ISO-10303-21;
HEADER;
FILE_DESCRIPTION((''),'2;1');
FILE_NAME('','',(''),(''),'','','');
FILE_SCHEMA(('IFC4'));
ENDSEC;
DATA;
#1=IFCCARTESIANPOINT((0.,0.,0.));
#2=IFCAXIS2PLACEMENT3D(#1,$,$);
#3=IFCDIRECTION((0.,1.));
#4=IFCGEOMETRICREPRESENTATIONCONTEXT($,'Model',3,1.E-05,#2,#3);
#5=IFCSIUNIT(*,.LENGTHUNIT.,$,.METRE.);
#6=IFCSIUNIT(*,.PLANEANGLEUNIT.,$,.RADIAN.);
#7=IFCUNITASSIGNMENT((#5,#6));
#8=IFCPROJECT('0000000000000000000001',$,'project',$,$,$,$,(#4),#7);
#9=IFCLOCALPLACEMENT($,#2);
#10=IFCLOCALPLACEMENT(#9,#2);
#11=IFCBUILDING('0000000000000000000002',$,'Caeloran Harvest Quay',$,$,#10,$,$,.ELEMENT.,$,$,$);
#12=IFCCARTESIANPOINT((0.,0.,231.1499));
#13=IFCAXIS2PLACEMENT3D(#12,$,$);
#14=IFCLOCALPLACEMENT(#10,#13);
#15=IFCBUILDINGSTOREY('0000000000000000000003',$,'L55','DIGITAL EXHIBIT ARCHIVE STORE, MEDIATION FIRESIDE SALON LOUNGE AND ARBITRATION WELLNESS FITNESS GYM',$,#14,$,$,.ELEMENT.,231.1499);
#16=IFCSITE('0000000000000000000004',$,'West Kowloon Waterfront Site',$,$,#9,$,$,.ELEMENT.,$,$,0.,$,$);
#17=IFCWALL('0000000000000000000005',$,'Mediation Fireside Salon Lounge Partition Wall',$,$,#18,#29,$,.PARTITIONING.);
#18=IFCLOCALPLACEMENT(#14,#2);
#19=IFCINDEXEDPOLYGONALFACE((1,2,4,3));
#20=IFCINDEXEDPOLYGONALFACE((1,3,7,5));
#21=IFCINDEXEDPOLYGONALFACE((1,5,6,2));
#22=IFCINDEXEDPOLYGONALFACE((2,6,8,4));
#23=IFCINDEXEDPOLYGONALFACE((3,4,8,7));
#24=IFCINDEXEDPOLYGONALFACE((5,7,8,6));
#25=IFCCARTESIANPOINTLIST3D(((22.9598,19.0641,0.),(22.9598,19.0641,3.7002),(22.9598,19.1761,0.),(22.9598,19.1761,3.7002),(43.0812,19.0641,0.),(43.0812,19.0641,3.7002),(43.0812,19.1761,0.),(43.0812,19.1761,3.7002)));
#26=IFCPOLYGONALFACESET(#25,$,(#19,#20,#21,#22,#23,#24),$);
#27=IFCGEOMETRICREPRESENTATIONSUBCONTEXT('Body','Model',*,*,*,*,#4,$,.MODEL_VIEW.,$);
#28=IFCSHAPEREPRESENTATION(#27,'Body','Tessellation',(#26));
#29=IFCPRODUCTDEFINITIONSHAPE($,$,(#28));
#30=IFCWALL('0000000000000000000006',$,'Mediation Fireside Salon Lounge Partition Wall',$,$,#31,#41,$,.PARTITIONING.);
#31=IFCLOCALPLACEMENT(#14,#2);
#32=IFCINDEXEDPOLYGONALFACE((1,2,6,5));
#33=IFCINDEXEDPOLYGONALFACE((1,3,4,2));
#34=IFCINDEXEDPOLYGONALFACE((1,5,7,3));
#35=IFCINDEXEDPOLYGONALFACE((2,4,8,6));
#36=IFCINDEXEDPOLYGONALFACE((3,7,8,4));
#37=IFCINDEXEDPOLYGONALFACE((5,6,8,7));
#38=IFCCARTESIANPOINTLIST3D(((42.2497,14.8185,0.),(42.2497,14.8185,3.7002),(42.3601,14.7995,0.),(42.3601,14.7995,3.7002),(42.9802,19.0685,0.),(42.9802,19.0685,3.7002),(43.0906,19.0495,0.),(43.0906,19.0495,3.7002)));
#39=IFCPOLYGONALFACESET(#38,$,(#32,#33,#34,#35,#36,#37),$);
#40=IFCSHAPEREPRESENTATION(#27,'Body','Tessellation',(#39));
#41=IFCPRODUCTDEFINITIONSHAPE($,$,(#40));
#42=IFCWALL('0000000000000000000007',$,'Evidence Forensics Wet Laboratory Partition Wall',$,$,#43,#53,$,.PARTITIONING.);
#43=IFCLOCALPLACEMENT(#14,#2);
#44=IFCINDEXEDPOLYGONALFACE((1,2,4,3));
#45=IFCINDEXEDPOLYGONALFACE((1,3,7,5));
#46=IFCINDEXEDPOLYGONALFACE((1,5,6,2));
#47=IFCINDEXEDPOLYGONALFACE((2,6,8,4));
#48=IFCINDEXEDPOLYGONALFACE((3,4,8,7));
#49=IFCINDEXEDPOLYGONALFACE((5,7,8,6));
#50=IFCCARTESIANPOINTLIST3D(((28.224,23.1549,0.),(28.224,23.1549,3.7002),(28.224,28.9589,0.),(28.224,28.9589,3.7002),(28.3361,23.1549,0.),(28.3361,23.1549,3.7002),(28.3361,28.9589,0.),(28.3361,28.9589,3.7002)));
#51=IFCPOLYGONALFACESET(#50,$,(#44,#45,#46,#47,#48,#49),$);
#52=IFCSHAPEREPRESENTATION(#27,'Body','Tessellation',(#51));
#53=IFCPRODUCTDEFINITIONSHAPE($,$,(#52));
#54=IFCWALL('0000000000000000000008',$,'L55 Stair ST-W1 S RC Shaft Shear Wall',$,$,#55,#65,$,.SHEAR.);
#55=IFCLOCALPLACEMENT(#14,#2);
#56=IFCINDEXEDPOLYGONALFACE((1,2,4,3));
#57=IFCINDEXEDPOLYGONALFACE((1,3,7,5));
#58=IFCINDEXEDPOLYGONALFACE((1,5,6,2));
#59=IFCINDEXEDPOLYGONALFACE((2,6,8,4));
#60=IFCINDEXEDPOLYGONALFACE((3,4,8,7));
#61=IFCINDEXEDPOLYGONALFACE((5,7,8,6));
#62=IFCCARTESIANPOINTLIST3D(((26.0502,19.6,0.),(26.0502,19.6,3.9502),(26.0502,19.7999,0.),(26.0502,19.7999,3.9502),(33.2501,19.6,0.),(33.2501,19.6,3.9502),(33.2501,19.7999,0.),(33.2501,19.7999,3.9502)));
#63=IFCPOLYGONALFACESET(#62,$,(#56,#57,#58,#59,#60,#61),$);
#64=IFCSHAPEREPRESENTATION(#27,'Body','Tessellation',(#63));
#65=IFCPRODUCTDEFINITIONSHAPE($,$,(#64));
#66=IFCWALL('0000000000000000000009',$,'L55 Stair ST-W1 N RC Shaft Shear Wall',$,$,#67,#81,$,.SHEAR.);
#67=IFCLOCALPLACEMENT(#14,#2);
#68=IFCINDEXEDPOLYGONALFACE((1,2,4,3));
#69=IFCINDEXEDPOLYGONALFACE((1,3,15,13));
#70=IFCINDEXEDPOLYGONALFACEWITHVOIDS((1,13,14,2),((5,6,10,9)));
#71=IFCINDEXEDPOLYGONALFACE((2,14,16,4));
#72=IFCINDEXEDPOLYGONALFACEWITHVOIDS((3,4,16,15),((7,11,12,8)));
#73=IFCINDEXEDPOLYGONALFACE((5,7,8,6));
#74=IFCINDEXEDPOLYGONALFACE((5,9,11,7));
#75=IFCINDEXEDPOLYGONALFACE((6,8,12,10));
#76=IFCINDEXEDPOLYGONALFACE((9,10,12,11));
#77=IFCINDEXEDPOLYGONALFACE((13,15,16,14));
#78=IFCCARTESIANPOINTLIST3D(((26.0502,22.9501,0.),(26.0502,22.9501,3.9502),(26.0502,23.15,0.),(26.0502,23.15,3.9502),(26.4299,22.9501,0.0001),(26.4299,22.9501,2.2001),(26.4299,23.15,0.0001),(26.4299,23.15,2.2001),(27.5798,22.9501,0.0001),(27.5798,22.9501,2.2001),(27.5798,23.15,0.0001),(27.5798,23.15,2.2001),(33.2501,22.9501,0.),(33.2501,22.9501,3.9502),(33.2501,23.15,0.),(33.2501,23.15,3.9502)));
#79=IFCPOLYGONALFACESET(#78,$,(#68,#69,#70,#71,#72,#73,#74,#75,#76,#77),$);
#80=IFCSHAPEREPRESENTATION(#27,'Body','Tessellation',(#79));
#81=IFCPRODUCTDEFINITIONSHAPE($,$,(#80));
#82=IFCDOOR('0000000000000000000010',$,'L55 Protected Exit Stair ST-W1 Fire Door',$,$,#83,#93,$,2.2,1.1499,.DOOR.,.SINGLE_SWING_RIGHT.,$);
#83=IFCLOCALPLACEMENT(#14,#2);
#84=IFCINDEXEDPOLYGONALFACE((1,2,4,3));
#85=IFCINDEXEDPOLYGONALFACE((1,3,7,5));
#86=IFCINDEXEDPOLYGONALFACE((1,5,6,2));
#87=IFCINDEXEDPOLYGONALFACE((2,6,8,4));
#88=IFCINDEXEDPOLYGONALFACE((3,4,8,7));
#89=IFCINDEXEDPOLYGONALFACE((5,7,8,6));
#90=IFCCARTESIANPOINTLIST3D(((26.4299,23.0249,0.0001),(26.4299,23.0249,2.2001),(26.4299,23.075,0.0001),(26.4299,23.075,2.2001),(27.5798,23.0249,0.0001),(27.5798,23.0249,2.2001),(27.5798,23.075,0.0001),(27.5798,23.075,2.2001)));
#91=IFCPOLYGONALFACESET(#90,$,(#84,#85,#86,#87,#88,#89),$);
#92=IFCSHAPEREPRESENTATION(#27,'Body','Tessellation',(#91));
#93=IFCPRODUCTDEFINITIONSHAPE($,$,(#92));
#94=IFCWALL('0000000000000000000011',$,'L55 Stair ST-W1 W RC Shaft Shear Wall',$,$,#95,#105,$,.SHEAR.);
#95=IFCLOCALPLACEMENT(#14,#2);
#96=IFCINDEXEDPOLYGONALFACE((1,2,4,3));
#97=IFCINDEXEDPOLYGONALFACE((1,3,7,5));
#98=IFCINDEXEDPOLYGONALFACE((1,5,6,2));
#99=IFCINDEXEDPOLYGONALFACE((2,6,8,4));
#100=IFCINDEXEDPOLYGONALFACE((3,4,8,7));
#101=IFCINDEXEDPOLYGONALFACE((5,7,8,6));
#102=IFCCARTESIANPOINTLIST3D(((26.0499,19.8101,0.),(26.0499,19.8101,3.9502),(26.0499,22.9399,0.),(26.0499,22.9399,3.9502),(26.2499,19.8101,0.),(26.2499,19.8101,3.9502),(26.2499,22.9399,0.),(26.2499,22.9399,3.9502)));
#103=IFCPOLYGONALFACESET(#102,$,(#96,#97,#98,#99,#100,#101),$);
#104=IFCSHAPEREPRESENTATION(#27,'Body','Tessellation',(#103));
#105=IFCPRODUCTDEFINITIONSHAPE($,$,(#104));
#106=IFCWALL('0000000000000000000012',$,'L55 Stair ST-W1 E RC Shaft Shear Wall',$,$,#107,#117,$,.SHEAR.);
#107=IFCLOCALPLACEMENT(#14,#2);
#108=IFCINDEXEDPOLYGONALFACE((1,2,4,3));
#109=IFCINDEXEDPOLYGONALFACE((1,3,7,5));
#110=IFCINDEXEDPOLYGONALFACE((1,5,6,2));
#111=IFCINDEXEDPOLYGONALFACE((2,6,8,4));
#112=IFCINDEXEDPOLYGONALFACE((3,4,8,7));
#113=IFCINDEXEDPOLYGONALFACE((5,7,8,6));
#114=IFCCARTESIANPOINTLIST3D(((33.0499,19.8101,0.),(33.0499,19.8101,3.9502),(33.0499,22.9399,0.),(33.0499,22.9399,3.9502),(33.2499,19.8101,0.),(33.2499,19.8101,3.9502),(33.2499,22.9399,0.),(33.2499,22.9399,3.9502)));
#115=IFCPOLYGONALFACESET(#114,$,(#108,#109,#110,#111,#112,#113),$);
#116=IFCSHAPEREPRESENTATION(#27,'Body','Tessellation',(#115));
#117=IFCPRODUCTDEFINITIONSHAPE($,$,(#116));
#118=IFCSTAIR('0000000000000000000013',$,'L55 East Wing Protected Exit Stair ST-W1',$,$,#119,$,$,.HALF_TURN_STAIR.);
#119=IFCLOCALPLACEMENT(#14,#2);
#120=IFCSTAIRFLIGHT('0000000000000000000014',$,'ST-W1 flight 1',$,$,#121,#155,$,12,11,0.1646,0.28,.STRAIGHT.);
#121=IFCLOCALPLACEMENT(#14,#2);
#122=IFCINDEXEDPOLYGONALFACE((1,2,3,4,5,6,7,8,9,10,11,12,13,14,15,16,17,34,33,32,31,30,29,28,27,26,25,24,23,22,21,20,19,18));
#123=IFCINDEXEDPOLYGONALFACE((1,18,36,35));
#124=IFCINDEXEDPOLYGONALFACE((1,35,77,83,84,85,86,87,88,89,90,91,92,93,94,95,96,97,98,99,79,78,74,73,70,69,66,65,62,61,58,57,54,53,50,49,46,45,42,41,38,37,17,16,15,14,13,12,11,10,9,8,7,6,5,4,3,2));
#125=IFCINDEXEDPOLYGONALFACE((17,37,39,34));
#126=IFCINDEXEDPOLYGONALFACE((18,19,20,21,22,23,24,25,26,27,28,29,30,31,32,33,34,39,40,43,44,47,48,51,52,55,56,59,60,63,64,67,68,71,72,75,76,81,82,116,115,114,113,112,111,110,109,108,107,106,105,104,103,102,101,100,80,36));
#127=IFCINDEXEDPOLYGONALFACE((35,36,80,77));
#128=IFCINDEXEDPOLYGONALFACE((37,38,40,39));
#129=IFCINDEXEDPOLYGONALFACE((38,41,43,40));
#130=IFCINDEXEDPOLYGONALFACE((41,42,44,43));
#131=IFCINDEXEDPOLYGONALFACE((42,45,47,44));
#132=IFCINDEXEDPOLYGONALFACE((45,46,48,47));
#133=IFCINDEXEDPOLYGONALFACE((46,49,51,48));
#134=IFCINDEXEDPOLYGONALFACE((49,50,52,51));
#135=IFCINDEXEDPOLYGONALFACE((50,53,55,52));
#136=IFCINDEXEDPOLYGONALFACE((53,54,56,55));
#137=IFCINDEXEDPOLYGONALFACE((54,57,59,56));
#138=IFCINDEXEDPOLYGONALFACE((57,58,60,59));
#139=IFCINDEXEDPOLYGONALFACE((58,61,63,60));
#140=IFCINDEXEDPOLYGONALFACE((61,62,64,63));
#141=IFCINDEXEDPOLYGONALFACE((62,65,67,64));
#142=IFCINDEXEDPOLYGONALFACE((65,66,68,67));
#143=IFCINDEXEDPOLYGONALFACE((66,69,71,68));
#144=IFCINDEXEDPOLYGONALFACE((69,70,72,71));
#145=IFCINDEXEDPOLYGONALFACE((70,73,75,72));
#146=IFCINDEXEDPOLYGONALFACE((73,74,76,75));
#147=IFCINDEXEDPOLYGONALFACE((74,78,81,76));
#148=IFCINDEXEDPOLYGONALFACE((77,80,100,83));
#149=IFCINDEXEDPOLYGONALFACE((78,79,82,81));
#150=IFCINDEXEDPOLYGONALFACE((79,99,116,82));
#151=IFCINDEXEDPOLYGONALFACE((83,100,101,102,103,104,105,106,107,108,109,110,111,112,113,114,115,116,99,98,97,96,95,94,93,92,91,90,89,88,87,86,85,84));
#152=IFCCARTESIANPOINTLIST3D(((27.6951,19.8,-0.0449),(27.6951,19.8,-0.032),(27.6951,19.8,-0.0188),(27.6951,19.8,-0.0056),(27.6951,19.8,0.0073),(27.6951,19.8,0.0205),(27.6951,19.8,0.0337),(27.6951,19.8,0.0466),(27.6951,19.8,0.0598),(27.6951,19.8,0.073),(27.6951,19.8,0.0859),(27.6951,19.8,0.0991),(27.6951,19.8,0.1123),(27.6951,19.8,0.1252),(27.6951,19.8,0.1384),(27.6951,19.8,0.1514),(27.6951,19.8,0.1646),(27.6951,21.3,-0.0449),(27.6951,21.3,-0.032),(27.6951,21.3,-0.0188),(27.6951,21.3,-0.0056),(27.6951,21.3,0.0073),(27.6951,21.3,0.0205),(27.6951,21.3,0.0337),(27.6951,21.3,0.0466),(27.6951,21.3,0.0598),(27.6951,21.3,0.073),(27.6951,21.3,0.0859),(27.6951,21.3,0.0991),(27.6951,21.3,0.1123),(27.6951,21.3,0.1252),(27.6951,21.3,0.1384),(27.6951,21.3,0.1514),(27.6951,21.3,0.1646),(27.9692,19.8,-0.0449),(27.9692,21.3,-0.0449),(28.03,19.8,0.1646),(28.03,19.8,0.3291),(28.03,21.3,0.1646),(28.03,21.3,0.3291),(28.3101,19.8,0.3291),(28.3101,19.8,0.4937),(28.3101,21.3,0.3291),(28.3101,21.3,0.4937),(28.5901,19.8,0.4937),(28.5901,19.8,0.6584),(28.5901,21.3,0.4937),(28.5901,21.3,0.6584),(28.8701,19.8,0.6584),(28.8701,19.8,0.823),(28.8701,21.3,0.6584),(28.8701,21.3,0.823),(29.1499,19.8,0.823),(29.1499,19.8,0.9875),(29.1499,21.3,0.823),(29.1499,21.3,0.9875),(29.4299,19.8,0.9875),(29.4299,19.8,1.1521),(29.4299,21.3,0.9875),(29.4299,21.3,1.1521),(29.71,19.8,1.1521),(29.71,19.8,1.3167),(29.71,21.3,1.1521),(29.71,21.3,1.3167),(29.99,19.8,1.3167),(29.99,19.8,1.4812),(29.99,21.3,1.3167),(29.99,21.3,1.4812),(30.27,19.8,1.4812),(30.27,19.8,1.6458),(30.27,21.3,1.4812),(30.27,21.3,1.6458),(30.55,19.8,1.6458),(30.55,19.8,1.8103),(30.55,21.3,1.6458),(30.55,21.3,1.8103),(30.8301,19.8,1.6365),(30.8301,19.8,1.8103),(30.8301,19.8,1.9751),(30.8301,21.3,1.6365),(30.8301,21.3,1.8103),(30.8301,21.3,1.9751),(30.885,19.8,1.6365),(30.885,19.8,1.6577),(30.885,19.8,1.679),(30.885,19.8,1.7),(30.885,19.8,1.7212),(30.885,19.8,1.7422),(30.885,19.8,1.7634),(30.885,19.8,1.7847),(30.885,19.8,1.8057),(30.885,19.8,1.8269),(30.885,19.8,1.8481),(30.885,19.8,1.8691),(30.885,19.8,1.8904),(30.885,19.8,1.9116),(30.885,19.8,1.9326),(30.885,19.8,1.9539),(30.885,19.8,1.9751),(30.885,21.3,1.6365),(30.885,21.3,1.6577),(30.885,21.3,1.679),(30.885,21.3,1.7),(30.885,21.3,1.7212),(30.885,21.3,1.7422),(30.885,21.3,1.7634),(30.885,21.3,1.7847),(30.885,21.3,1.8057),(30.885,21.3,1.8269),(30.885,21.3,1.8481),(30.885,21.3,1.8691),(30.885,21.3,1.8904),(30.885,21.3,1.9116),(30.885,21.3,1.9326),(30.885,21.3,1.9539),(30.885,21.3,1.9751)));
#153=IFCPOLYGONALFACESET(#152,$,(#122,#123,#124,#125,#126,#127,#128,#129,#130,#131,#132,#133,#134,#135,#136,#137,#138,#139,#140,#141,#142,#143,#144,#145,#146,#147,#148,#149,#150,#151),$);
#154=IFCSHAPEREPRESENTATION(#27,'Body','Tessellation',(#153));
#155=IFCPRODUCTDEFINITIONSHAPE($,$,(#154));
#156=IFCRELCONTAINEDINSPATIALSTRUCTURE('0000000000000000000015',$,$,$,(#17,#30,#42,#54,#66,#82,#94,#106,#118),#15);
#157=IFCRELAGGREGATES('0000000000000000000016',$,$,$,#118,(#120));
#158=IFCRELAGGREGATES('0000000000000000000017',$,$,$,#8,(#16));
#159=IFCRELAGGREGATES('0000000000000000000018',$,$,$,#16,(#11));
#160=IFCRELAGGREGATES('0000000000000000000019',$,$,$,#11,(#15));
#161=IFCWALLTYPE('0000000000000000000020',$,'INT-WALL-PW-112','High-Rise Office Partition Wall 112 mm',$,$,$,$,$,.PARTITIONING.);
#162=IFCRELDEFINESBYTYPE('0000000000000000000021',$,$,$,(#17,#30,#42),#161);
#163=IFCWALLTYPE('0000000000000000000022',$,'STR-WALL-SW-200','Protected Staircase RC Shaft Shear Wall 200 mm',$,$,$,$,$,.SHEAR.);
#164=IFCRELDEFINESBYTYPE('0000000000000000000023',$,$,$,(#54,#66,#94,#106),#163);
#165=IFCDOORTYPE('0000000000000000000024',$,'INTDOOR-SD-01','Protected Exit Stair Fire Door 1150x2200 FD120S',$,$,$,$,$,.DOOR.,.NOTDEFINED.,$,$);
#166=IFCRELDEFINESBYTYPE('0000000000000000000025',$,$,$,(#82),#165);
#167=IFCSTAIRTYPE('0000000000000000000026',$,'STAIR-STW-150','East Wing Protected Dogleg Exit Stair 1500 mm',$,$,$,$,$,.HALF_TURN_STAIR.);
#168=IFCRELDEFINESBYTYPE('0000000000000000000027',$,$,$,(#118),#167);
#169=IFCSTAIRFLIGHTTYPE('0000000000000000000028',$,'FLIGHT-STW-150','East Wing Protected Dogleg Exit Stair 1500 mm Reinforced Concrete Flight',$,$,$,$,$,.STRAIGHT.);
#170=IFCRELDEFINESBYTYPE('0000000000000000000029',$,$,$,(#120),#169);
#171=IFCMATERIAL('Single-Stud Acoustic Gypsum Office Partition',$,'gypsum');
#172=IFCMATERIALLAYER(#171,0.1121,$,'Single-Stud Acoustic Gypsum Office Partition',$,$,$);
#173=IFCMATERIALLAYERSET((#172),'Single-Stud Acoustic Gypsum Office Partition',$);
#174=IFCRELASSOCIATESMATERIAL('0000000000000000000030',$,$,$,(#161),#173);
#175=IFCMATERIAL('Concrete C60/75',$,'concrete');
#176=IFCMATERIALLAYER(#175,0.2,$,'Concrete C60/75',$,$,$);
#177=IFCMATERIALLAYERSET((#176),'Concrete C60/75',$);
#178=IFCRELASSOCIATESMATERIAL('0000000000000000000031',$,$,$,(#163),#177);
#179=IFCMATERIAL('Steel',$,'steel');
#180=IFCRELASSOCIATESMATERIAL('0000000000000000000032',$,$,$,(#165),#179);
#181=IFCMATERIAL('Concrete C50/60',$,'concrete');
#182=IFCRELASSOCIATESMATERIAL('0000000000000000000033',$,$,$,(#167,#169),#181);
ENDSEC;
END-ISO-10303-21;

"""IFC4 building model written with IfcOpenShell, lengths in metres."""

from ifc_helpers import new_model, si_unit, direction, frame, frame_2d, origin, place, context, subcontext, project, spatial, polyline, rectangle, outline, extrude, material, layer, layer_set, type_object, element, fill, aggregate, save


model = new_model("IFC4")

# Units and contexts
model_context = context("Model", 3, precision=1e-05, world=origin(), true_north=direction((0.0, 1.0)))
body_context = subcontext(model_context, "Body", "Model", "MODEL_VIEW")
ifc_project = project(units=[si_unit("LENGTHUNIT", "METRE"), si_unit("PLANEANGLEUNIT", "RADIAN")], contexts=[model_context])

# Site, building, storey
site_placement = place(None, origin())
site = spatial("IfcSite", under=ifc_project, at=site_placement, Name="West Kowloon Waterfront Site", CompositionType="ELEMENT", RefElevation=0.0)
building_placement = place(site_placement, origin())
building = spatial("IfcBuilding", under=site, at=building_placement, Name="Caeloran Harvest Quay", CompositionType="ELEMENT")
storey_placement = place(building_placement, frame((0.0, 0.0, 231.1499)))
storey = spatial("IfcBuildingStorey", under=building, at=storey_placement, Name="L55", Description="DIGITAL EXHIBIT ARCHIVE STORE, MEDIATION FIRESIDE SALON LOUNGE AND ARBITRATION WELLNESS FITNESS GYM", CompositionType="ELEMENT", Elevation=231.1499)

# Walls
ifc_material_1 = material(Name="Single-Stud Acoustic Gypsum Office Partition", Category="gypsum")
ifc_layer_1 = layer(ifc_material_1, 0.1121, Name="Single-Stud Acoustic Gypsum Office Partition")
ifc_layer_set_1 = layer_set([ifc_layer_1], Name="Single-Stud Acoustic Gypsum Office Partition")
wall_type_1 = type_object("IfcWallType", Name="INT-WALL-PW-112", Description="High-Rise Office Partition Wall 112 mm", PredefinedType="PARTITIONING", material=ifc_layer_set_1)
wall_1_placement = place(storey_placement, frame((22.96, 19.1201, 0.0), z_axis=(0.0, 0.0, 1.0), x_axis=(1.0, 0.0, 0.0)))
element("IfcWall", 1, at=wall_1_placement, inside=storey, type_object=wall_type_1, Name="Mediation Fireside Salon Lounge Partition Wall", PredefinedType="PARTITIONING", context=body_context, shape_type="SweptSolid", body=[
    extrude(rectangle(XDim=20.1213, YDim=0.1121, at=frame_2d((10.0605, 0.0))), origin(), (0.0, 0.0, 1.0), 3.7002),
])
wall_2_placement = place(storey_placement, frame((43.0354, 19.0591, 0.0), z_axis=(0.0, 0.0, 1.0), x_axis=(-0.169391, -0.985549, 0.0)))
element("IfcWall", 2, at=wall_2_placement, inside=storey, type_object=wall_type_1, Name="Mediation Fireside Salon Lounge Partition Wall", PredefinedType="PARTITIONING", context=body_context, shape_type="SweptSolid", body=[
    extrude(rectangle(XDim=4.3123, YDim=0.1121, at=frame_2d((2.1562, 0.0))), origin(), (0.0, 0.0, 1.0), 3.7002),
])
wall_3_placement = place(storey_placement, frame((28.28, 23.155, 0.0), z_axis=(0.0, 0.0, 1.0), x_axis=(0.0, 1.0, 0.0)))
element("IfcWall", 3, at=wall_3_placement, inside=storey, type_object=wall_type_1, Name="Evidence Forensics Wet Laboratory Partition Wall", PredefinedType="PARTITIONING", context=body_context, shape_type="SweptSolid", body=[
    extrude(rectangle(XDim=5.804, YDim=0.1121, at=frame_2d((2.9019, 0.0))), origin(), (0.0, 0.0, 1.0), 3.7002),
])
ifc_material_2 = material(Name="Concrete C60/75", Category="concrete")
ifc_layer_2 = layer(ifc_material_2, 0.2, Name="Concrete C60/75")
ifc_layer_set_2 = layer_set([ifc_layer_2], Name="Concrete C60/75")
wall_type_2 = type_object("IfcWallType", Name="STR-WALL-SW-200", Description="Protected Staircase RC Shaft Shear Wall 200 mm", PredefinedType="SHEAR", material=ifc_layer_set_2)
wall_4_placement = place(storey_placement, frame((26.05, 19.7, 0.0), z_axis=(0.0, 0.0, 1.0), x_axis=(1.0, 0.0, 0.0)))
element("IfcWall", 4, at=wall_4_placement, inside=storey, type_object=wall_type_2, Name="L55 Stair ST-W1 S RC Shaft Shear Wall", PredefinedType="SHEAR", context=body_context, shape_type="SweptSolid", body=[
    extrude(rectangle(XDim=7.2, YDim=0.2, at=frame_2d((3.6001, 0.0))), origin(), (0.0, 0.0, 1.0), 3.9502),
])

# Wall, opening, door
wall_5_placement = place(storey_placement, frame((26.05, 23.05, 0.0), z_axis=(0.0, 0.0, 1.0), x_axis=(1.0, 0.0, 0.0)))
wall_5 = element("IfcWall", 5, at=wall_5_placement, inside=storey, type_object=wall_type_2, Name="L55 Stair ST-W1 N RC Shaft Shear Wall", PredefinedType="SHEAR", context=body_context, shape_type="SweptSolid", body=[
    extrude(rectangle(XDim=7.2, YDim=0.2, at=frame_2d((3.6001, 0.0))), origin(), (0.0, 0.0, 1.0), 3.9502),
])
opening_placement = place(wall_5_placement, frame((0.3799, 0.0, 0.0)))
opening = element("IfcOpeningElement", 6, at=opening_placement, cuts=wall_5, PredefinedType="OPENING", context=body_context, shape_type="SweptSolid", body=[
    extrude(rectangle(XDim=1.1499, YDim=2.2, at=frame_2d((0.575, 1.1001))), frame((0.0, 0.1099, 0.0), z_axis=(0.0, -1.0, 0.0), x_axis=(1.0, 0.0, 0.0)), (0.0, 0.0, 1.0), 0.22),
])
ifc_material_3 = material(Name="Steel", Category="steel")
door_type = type_object("IfcDoorType", Name="INTDOOR-SD-01", Description="Protected Exit Stair Fire Door 1150x2200 FD120S", OperationType="NOTDEFINED", PredefinedType="DOOR", material=ifc_material_3)
door_placement = place(opening_placement, origin())
door = element("IfcDoor", 7, at=door_placement, inside=storey, type_object=door_type, Name="L55 Protected Exit Stair ST-W1 Fire Door", OperationType="SINGLE_SWING_RIGHT", OverallHeight=2.2, OverallWidth=1.1499, PredefinedType="DOOR", context=body_context, shape_type="SweptSolid", body=[
    extrude(rectangle(XDim=1.1499, YDim=2.2, at=frame_2d((0.575, 1.1001))), frame((0.0, 0.0249, 0.0), z_axis=(0.0, -1.0, 0.0), x_axis=(1.0, 0.0, 0.0)), (0.0, 0.0, 1.0), 0.05),
])
fill(opening, door)

# Walls
for number, where, z_axis, x_axis, name in (
    (8, (26.1499, 19.8101, 0.0), (0.0, 0.0, 1.0), (0.0, 1.0, 0.0), "L55 Stair ST-W1 W RC Shaft Shear Wall"),
    (9, (33.1499, 19.8101, 0.0), (0.0, 0.0, 1.0), (0.0, 1.0, 0.0), "L55 Stair ST-W1 E RC Shaft Shear Wall"),
):
    element("IfcWall", number, at=place(storey_placement, frame(where, z_axis=z_axis, x_axis=x_axis)), inside=storey, type_object=wall_type_2, Name=name, PredefinedType="SHEAR", context=body_context, shape_type="SweptSolid", body=[
        extrude(rectangle(XDim=3.1299, YDim=0.2, at=frame_2d((1.5649, 0.0))), origin(), (0.0, 0.0, 1.0), 3.9502),
    ])

# Stair, stair flight
ifc_material_4 = material(Name="Concrete C50/60", Category="concrete")
stair_type = type_object("IfcStairType", Name="STAIR-STW-150", Description="East Wing Protected Dogleg Exit Stair 1500 mm", PredefinedType="HALF_TURN_STAIR", material=ifc_material_4)
stair_placement = place(storey_placement, origin())
stair = element("IfcStair", 10, at=stair_placement, inside=storey, type_object=stair_type, Name="L55 East Wing Protected Exit Stair ST-W1", PredefinedType="HALF_TURN_STAIR")
stair_flight_type = type_object("IfcStairFlightType", Name="FLIGHT-STW-150", Description="East Wing Protected Dogleg Exit Stair 1500 mm Reinforced Concrete Flight", PredefinedType="STRAIGHT", material=ifc_material_4)
stair_flight_1_placement = place(storey_placement, frame((27.75, 20.55, 0.0), z_axis=(0.0, 0.0, 1.0), x_axis=(1.0, 0.0, 0.0)))
stair_flight_1 = element("IfcStairFlight", 11, at=stair_flight_1_placement, type_object=stair_flight_type, Name="ST-W1 flight 1", NumberOfRisers=12, NumberOfTreads=11, PredefinedType="STRAIGHT", RiserHeight=0.1646, TreadLength=0.28, context=body_context, shape_type="SweptSolid", body=[
    extrude(outline(polyline([(-0.0549, -0.0449), (-0.0549, -0.032), (-0.0549, -0.0188), (-0.0549, -0.0056), (-0.0549, 0.0073), (-0.0549, 0.0205), (-0.0549, 0.0337), (-0.0549, 0.0466), (-0.0549, 0.0598), (-0.0549, 0.073), (-0.0549, 0.0859), (-0.0549, 0.0991), (-0.0549, 0.1123), (-0.0549, 0.1252), (-0.0549, 0.1384), (-0.0549, 0.1514), (-0.0549, 0.1646), (0.28, 0.1646), (0.28, 0.3291), (0.5601, 0.3291), (0.5601, 0.4937), (0.8401, 0.4937), (0.8401, 0.6584), (1.1201, 0.6584), (1.1201, 0.823), (1.3999, 0.823), (1.3999, 0.9875), (1.6799, 0.9875), (1.6799, 1.1521), (1.96, 1.1521), (1.96, 1.3167), (2.24, 1.3167), (2.24, 1.4812), (2.52, 1.4812), (2.52, 1.6458), (2.8, 1.6458), (2.8, 1.8103), (3.0801, 1.8103), (3.0801, 1.9751), (3.135, 1.9751), (3.135, 1.9539), (3.135, 1.9326), (3.135, 1.9116), (3.135, 1.8904), (3.135, 1.8691), (3.135, 1.8481), (3.135, 1.8269), (3.135, 1.8057), (3.135, 1.7847), (3.135, 1.7634), (3.135, 1.7422), (3.135, 1.7212), (3.135, 1.7), (3.135, 1.679), (3.135, 1.6577), (3.135, 1.6365), (3.0801, 1.6365), (0.2192, -0.0449), (-0.0549, -0.0449)])), frame((0.0, 0.75, 0.0), z_axis=(0.0, -1.0, 0.0), x_axis=(1.0, 0.0, 0.0)), (0.0, 0.0, 1.0), 1.5),
])
aggregate(stair, [stair_flight_1])

save(model, "model.ifc")
